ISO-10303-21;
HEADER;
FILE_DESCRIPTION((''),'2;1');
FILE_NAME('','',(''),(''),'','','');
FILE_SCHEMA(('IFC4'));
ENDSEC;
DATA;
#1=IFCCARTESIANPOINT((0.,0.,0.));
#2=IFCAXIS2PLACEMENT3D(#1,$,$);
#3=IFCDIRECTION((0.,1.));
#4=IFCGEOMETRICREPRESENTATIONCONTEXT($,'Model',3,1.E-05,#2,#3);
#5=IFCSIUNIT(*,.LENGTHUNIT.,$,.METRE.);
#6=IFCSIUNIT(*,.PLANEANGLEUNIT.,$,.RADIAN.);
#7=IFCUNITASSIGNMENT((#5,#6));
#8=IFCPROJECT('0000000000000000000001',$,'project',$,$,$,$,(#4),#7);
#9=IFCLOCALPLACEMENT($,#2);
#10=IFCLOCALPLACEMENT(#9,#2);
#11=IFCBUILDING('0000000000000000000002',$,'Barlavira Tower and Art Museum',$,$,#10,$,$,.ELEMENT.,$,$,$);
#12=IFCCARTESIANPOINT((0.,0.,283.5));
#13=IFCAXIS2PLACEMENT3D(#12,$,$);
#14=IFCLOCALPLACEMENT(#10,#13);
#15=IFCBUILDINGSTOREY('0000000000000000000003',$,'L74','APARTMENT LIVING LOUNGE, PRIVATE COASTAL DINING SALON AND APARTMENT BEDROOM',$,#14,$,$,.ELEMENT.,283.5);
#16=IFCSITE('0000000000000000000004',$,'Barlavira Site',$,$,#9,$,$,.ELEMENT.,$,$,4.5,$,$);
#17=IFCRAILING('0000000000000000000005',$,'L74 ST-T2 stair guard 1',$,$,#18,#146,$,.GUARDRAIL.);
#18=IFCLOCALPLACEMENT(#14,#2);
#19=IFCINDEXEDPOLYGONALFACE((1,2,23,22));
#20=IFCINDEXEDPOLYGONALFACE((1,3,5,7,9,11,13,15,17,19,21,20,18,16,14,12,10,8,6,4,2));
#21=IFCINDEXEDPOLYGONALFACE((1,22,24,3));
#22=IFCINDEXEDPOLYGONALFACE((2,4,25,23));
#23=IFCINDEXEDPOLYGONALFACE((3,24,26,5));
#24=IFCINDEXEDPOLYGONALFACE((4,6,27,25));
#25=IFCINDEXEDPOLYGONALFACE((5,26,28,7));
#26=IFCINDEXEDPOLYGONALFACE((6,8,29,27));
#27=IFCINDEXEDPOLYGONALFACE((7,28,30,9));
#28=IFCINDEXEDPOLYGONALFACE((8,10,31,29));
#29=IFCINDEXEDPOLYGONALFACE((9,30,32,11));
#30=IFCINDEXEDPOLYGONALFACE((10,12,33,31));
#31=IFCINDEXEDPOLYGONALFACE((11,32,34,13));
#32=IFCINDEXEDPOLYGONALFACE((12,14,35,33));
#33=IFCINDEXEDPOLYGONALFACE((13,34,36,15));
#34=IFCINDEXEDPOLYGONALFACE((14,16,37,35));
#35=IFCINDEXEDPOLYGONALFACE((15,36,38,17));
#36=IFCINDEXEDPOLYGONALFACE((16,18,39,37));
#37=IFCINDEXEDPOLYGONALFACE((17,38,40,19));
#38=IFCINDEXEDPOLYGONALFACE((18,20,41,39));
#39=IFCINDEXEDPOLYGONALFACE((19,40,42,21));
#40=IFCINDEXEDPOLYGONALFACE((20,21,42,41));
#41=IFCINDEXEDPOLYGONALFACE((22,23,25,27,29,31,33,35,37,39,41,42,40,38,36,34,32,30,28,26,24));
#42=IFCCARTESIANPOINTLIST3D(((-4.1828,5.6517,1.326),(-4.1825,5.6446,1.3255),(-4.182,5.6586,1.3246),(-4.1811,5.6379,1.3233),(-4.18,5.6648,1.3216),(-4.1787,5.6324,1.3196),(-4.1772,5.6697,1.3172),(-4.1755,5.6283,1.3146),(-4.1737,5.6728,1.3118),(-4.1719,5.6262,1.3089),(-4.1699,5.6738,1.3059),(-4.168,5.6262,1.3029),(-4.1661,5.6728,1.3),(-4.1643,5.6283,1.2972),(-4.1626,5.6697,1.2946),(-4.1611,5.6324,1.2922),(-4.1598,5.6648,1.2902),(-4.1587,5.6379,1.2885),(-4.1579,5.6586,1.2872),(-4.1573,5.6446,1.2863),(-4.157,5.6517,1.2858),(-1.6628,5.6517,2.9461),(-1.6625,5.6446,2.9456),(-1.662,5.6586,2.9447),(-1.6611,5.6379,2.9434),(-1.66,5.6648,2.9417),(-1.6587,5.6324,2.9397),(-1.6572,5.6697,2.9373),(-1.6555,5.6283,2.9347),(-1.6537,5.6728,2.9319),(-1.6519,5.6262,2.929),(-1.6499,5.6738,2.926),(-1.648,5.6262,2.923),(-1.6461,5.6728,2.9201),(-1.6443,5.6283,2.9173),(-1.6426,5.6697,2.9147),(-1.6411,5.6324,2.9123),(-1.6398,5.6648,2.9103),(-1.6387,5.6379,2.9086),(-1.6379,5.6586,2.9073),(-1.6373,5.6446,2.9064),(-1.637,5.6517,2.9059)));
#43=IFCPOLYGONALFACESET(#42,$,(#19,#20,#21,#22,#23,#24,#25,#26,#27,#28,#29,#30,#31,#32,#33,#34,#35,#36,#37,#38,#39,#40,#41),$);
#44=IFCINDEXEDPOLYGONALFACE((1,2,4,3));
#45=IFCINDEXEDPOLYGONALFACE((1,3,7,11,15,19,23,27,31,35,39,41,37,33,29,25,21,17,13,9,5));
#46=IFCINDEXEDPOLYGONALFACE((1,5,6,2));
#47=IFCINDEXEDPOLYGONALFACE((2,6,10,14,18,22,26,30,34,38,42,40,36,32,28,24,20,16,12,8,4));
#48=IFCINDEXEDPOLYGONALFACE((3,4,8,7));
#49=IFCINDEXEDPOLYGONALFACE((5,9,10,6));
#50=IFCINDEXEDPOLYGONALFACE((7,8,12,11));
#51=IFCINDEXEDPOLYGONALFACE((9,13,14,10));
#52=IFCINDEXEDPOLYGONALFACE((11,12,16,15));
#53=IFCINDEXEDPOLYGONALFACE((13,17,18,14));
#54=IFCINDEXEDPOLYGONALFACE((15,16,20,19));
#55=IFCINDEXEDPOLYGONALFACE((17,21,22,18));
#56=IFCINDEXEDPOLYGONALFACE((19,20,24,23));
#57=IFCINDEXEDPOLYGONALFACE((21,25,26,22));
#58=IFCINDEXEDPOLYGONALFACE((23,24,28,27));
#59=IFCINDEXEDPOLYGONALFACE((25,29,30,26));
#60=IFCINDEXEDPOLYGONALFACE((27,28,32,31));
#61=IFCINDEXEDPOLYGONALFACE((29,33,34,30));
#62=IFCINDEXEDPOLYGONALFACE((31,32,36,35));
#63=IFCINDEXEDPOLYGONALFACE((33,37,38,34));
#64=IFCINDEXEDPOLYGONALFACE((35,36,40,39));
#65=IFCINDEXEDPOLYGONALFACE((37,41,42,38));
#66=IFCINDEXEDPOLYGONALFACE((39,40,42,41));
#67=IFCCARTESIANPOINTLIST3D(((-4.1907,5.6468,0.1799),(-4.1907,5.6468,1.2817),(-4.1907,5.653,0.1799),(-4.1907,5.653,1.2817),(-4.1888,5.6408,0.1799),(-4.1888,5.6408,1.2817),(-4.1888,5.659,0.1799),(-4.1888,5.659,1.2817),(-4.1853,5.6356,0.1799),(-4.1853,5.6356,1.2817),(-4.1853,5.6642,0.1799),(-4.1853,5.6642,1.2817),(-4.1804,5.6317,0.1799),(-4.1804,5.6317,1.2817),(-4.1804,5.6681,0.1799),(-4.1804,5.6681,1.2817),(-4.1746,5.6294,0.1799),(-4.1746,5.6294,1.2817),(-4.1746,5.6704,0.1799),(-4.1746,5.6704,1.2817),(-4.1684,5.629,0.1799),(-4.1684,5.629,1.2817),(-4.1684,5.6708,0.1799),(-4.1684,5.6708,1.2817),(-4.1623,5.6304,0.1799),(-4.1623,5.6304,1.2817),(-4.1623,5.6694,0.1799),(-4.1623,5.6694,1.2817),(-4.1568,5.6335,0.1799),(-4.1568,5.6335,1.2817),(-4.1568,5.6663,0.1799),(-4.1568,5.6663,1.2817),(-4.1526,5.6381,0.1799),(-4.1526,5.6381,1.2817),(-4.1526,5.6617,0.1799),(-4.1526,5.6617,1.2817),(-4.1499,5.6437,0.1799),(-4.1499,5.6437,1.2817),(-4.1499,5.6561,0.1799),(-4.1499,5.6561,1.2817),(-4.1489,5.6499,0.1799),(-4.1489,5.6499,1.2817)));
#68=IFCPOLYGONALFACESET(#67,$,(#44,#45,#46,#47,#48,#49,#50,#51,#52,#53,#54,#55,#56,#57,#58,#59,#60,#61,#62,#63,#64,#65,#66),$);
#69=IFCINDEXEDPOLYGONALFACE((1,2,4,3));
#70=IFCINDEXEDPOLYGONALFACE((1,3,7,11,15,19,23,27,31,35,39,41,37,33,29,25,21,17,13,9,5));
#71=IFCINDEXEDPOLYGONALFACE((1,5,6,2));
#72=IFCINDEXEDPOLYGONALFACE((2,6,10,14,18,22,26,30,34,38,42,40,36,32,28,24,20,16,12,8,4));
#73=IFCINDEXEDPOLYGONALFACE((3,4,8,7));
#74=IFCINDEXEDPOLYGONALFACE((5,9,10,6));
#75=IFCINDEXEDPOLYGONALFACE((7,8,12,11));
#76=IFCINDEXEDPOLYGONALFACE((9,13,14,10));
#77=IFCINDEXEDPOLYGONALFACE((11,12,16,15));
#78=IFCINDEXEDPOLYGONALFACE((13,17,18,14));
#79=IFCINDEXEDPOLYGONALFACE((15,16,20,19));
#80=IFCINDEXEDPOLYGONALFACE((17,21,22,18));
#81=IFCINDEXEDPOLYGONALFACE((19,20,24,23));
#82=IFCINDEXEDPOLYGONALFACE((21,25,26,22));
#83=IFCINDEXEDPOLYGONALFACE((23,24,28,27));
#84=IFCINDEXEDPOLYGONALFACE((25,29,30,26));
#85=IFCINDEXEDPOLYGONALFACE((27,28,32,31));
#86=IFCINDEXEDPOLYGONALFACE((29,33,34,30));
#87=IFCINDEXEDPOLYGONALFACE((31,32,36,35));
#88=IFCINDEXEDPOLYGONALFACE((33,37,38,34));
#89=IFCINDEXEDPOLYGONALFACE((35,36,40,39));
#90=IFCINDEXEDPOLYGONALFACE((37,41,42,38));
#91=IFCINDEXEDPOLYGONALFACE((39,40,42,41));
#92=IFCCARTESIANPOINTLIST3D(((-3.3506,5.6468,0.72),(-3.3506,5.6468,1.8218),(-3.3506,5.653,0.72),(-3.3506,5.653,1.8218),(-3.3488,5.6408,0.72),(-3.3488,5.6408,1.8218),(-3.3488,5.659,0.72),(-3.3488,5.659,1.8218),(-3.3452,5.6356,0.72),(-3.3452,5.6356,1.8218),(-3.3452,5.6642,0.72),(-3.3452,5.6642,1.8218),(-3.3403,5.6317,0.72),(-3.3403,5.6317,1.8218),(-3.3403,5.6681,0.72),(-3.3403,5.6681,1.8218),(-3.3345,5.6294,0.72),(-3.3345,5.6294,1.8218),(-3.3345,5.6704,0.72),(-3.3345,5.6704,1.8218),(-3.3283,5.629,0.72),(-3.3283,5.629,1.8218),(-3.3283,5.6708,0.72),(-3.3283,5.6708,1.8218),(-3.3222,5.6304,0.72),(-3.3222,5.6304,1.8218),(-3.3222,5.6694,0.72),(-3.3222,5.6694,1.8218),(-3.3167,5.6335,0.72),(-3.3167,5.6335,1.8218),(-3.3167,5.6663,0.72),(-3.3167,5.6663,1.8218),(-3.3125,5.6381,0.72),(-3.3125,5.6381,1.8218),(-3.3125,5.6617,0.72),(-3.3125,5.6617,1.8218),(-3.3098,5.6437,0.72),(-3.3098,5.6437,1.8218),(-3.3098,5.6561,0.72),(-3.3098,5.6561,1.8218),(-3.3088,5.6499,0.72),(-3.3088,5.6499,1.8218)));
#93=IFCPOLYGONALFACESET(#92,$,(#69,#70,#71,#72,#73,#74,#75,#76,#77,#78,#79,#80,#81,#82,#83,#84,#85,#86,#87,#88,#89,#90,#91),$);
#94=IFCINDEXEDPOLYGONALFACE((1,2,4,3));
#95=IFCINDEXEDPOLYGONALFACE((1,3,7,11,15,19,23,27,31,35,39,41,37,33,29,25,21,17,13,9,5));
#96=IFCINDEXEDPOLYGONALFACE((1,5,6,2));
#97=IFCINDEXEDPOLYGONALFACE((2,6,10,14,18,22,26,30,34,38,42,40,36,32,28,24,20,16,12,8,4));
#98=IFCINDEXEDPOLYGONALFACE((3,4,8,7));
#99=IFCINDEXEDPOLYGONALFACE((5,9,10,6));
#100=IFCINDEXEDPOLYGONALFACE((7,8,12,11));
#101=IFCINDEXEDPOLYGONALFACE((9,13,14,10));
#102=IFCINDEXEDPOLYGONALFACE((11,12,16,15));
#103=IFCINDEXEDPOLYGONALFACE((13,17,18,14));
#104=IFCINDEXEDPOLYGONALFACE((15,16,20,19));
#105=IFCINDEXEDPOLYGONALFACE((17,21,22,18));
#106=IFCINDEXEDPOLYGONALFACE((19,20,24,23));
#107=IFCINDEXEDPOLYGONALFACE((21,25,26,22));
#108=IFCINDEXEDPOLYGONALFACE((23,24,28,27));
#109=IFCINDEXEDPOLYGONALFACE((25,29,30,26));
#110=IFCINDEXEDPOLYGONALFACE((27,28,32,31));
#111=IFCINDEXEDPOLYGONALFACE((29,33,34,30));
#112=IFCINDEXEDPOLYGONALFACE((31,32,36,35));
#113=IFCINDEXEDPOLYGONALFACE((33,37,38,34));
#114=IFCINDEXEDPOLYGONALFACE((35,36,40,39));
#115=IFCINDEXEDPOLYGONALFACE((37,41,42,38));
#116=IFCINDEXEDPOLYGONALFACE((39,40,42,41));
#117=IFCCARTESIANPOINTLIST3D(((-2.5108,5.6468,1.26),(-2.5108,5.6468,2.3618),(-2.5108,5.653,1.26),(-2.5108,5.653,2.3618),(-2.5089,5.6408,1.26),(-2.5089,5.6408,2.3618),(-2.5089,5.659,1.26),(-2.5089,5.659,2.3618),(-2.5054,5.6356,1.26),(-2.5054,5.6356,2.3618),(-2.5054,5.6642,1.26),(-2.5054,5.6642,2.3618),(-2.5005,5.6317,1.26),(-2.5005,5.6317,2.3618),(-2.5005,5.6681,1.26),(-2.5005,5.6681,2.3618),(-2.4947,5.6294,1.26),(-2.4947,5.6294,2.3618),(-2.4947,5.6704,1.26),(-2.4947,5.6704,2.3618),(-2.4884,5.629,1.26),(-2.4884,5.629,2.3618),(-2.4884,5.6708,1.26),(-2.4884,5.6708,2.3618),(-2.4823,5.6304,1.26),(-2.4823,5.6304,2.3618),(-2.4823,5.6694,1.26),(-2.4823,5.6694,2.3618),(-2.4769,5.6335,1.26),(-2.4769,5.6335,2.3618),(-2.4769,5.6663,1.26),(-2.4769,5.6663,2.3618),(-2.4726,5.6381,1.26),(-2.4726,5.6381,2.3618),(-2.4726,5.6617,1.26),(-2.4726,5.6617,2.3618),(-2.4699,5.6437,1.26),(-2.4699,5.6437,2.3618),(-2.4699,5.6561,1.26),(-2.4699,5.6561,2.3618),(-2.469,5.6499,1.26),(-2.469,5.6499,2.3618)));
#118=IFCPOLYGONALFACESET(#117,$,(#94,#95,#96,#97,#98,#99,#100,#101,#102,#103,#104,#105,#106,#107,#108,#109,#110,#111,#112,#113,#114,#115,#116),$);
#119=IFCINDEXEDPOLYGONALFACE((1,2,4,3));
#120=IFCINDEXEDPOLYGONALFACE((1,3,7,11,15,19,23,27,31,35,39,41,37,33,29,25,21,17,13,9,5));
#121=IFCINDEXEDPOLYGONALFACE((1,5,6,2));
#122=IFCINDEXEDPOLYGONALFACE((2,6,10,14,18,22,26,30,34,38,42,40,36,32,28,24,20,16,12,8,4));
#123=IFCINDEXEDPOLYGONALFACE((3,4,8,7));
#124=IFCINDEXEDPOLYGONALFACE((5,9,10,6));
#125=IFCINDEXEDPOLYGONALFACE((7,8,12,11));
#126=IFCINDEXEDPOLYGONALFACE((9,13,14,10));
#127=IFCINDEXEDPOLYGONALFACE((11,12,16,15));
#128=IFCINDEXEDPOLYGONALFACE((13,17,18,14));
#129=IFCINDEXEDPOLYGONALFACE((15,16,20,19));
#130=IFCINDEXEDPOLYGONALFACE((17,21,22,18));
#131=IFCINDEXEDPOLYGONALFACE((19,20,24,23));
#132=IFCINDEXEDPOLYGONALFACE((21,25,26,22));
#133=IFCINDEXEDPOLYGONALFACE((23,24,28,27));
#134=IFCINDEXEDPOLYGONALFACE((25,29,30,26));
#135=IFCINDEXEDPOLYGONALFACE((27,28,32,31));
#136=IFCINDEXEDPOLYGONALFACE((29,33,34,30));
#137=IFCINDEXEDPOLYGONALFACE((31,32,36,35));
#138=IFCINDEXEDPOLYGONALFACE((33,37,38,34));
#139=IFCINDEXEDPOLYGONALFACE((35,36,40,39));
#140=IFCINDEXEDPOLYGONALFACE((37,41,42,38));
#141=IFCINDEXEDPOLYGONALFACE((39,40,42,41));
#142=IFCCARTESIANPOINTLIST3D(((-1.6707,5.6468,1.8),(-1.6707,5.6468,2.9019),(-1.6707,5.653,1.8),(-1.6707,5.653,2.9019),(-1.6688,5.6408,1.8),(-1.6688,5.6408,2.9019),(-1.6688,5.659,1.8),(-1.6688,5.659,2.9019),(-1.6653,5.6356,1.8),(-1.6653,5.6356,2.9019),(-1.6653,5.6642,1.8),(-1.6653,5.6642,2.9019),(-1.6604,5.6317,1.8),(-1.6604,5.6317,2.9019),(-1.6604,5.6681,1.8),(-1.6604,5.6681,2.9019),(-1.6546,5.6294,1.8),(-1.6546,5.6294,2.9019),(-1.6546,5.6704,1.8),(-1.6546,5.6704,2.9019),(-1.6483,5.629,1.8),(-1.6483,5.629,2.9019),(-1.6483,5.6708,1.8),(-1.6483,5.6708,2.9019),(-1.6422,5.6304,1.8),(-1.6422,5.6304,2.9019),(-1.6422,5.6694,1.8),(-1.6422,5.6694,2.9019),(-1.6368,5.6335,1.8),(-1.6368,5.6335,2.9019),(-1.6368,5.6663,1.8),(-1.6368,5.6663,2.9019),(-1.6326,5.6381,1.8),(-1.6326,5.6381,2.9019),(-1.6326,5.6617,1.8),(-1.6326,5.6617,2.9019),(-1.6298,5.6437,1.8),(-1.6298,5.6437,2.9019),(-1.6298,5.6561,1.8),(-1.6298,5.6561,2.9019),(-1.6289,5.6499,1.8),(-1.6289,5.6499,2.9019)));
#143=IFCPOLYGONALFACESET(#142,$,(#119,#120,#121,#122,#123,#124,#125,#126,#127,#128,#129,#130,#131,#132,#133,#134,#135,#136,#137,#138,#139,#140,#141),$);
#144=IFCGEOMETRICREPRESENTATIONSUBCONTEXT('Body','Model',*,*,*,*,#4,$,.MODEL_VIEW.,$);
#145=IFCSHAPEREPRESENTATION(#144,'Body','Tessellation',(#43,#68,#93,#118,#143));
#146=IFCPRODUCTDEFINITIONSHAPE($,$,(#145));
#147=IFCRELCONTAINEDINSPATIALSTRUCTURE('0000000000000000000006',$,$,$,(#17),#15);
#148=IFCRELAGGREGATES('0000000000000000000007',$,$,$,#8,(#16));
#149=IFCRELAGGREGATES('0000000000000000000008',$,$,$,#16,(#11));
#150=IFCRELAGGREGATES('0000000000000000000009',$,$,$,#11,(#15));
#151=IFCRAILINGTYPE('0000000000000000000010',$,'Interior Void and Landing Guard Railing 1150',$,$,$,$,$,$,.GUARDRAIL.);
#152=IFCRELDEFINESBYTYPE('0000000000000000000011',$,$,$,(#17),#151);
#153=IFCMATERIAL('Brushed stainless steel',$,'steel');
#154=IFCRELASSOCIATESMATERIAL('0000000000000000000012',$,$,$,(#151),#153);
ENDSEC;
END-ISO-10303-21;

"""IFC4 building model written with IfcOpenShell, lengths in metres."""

from ifc_helpers import new_model, si_unit, direction, frame, origin, origin_2d, place, context, subcontext, project, spatial, circle, extrude, material, type_object, element, save


model = new_model("IFC4")

# Units and contexts
model_context = context("Model", 3, precision=1e-05, world=origin(), true_north=direction((0.0, 1.0)))
body_context = subcontext(model_context, "Body", "Model", "MODEL_VIEW")
ifc_project = project(units=[si_unit("LENGTHUNIT", "METRE"), si_unit("PLANEANGLEUNIT", "RADIAN")], contexts=[model_context])

# Site, building, storey
site_placement = place(None, origin())
site = spatial("IfcSite", under=ifc_project, at=site_placement, Name="Barlavira Site", CompositionType="ELEMENT", RefElevation=4.5)
building_placement = place(site_placement, origin())
building = spatial("IfcBuilding", under=site, at=building_placement, Name="Barlavira Tower and Art Museum", CompositionType="ELEMENT")
storey_placement = place(building_placement, frame((0.0, 0.0, 283.5)))
storey = spatial("IfcBuildingStorey", under=building, at=storey_placement, Name="L74", Description="APARTMENT LIVING LOUNGE, PRIVATE COASTAL DINING SALON AND APARTMENT BEDROOM", CompositionType="ELEMENT", Elevation=283.5)

# Shared definitions
ifc_material_1 = material(Name="Brushed stainless steel", Category="steel")

# Railing
railing_type_1 = type_object("IfcRailingType", Name="Interior Void and Landing Guard Railing 1150", PredefinedType="GUARDRAIL", material=ifc_material_1)
railing_1_placement = place(storey_placement, frame((-4.1699, 5.6499, 0.1799)))
element("IfcRailing", 1, at=railing_1_placement, inside=storey, type_object=railing_type_1, Name="L74 ST-T2 stair guard 1", PredefinedType="GUARDRAIL", context=body_context, shape_type="SweptSolid", body=[
    extrude(circle(Radius=0.0239, at=origin_2d()), frame((0.0, 0.0, 1.126), z_axis=(0.841163, 0.0, 0.540782), x_axis=(0.0, 1.0, 0.0)), (0.0, 0.0, 1.0), 2.9958),
    extrude(circle(Radius=0.021, at=origin_2d()), origin(), (0.0, 0.0, 1.0), 1.1018),
    extrude(circle(Radius=0.021, at=origin_2d()), frame((0.8401, 0.0, 0.54)), (0.0, 0.0, 1.0), 1.1018),
    extrude(circle(Radius=0.021, at=origin_2d()), frame((1.6799, 0.0, 1.0801)), (0.0, 0.0, 1.0), 1.1018),
    extrude(circle(Radius=0.021, at=origin_2d()), frame((2.52, 0.0, 1.6201)), (0.0, 0.0, 1.0), 1.1018),
])

save(model, "model.ifc")
